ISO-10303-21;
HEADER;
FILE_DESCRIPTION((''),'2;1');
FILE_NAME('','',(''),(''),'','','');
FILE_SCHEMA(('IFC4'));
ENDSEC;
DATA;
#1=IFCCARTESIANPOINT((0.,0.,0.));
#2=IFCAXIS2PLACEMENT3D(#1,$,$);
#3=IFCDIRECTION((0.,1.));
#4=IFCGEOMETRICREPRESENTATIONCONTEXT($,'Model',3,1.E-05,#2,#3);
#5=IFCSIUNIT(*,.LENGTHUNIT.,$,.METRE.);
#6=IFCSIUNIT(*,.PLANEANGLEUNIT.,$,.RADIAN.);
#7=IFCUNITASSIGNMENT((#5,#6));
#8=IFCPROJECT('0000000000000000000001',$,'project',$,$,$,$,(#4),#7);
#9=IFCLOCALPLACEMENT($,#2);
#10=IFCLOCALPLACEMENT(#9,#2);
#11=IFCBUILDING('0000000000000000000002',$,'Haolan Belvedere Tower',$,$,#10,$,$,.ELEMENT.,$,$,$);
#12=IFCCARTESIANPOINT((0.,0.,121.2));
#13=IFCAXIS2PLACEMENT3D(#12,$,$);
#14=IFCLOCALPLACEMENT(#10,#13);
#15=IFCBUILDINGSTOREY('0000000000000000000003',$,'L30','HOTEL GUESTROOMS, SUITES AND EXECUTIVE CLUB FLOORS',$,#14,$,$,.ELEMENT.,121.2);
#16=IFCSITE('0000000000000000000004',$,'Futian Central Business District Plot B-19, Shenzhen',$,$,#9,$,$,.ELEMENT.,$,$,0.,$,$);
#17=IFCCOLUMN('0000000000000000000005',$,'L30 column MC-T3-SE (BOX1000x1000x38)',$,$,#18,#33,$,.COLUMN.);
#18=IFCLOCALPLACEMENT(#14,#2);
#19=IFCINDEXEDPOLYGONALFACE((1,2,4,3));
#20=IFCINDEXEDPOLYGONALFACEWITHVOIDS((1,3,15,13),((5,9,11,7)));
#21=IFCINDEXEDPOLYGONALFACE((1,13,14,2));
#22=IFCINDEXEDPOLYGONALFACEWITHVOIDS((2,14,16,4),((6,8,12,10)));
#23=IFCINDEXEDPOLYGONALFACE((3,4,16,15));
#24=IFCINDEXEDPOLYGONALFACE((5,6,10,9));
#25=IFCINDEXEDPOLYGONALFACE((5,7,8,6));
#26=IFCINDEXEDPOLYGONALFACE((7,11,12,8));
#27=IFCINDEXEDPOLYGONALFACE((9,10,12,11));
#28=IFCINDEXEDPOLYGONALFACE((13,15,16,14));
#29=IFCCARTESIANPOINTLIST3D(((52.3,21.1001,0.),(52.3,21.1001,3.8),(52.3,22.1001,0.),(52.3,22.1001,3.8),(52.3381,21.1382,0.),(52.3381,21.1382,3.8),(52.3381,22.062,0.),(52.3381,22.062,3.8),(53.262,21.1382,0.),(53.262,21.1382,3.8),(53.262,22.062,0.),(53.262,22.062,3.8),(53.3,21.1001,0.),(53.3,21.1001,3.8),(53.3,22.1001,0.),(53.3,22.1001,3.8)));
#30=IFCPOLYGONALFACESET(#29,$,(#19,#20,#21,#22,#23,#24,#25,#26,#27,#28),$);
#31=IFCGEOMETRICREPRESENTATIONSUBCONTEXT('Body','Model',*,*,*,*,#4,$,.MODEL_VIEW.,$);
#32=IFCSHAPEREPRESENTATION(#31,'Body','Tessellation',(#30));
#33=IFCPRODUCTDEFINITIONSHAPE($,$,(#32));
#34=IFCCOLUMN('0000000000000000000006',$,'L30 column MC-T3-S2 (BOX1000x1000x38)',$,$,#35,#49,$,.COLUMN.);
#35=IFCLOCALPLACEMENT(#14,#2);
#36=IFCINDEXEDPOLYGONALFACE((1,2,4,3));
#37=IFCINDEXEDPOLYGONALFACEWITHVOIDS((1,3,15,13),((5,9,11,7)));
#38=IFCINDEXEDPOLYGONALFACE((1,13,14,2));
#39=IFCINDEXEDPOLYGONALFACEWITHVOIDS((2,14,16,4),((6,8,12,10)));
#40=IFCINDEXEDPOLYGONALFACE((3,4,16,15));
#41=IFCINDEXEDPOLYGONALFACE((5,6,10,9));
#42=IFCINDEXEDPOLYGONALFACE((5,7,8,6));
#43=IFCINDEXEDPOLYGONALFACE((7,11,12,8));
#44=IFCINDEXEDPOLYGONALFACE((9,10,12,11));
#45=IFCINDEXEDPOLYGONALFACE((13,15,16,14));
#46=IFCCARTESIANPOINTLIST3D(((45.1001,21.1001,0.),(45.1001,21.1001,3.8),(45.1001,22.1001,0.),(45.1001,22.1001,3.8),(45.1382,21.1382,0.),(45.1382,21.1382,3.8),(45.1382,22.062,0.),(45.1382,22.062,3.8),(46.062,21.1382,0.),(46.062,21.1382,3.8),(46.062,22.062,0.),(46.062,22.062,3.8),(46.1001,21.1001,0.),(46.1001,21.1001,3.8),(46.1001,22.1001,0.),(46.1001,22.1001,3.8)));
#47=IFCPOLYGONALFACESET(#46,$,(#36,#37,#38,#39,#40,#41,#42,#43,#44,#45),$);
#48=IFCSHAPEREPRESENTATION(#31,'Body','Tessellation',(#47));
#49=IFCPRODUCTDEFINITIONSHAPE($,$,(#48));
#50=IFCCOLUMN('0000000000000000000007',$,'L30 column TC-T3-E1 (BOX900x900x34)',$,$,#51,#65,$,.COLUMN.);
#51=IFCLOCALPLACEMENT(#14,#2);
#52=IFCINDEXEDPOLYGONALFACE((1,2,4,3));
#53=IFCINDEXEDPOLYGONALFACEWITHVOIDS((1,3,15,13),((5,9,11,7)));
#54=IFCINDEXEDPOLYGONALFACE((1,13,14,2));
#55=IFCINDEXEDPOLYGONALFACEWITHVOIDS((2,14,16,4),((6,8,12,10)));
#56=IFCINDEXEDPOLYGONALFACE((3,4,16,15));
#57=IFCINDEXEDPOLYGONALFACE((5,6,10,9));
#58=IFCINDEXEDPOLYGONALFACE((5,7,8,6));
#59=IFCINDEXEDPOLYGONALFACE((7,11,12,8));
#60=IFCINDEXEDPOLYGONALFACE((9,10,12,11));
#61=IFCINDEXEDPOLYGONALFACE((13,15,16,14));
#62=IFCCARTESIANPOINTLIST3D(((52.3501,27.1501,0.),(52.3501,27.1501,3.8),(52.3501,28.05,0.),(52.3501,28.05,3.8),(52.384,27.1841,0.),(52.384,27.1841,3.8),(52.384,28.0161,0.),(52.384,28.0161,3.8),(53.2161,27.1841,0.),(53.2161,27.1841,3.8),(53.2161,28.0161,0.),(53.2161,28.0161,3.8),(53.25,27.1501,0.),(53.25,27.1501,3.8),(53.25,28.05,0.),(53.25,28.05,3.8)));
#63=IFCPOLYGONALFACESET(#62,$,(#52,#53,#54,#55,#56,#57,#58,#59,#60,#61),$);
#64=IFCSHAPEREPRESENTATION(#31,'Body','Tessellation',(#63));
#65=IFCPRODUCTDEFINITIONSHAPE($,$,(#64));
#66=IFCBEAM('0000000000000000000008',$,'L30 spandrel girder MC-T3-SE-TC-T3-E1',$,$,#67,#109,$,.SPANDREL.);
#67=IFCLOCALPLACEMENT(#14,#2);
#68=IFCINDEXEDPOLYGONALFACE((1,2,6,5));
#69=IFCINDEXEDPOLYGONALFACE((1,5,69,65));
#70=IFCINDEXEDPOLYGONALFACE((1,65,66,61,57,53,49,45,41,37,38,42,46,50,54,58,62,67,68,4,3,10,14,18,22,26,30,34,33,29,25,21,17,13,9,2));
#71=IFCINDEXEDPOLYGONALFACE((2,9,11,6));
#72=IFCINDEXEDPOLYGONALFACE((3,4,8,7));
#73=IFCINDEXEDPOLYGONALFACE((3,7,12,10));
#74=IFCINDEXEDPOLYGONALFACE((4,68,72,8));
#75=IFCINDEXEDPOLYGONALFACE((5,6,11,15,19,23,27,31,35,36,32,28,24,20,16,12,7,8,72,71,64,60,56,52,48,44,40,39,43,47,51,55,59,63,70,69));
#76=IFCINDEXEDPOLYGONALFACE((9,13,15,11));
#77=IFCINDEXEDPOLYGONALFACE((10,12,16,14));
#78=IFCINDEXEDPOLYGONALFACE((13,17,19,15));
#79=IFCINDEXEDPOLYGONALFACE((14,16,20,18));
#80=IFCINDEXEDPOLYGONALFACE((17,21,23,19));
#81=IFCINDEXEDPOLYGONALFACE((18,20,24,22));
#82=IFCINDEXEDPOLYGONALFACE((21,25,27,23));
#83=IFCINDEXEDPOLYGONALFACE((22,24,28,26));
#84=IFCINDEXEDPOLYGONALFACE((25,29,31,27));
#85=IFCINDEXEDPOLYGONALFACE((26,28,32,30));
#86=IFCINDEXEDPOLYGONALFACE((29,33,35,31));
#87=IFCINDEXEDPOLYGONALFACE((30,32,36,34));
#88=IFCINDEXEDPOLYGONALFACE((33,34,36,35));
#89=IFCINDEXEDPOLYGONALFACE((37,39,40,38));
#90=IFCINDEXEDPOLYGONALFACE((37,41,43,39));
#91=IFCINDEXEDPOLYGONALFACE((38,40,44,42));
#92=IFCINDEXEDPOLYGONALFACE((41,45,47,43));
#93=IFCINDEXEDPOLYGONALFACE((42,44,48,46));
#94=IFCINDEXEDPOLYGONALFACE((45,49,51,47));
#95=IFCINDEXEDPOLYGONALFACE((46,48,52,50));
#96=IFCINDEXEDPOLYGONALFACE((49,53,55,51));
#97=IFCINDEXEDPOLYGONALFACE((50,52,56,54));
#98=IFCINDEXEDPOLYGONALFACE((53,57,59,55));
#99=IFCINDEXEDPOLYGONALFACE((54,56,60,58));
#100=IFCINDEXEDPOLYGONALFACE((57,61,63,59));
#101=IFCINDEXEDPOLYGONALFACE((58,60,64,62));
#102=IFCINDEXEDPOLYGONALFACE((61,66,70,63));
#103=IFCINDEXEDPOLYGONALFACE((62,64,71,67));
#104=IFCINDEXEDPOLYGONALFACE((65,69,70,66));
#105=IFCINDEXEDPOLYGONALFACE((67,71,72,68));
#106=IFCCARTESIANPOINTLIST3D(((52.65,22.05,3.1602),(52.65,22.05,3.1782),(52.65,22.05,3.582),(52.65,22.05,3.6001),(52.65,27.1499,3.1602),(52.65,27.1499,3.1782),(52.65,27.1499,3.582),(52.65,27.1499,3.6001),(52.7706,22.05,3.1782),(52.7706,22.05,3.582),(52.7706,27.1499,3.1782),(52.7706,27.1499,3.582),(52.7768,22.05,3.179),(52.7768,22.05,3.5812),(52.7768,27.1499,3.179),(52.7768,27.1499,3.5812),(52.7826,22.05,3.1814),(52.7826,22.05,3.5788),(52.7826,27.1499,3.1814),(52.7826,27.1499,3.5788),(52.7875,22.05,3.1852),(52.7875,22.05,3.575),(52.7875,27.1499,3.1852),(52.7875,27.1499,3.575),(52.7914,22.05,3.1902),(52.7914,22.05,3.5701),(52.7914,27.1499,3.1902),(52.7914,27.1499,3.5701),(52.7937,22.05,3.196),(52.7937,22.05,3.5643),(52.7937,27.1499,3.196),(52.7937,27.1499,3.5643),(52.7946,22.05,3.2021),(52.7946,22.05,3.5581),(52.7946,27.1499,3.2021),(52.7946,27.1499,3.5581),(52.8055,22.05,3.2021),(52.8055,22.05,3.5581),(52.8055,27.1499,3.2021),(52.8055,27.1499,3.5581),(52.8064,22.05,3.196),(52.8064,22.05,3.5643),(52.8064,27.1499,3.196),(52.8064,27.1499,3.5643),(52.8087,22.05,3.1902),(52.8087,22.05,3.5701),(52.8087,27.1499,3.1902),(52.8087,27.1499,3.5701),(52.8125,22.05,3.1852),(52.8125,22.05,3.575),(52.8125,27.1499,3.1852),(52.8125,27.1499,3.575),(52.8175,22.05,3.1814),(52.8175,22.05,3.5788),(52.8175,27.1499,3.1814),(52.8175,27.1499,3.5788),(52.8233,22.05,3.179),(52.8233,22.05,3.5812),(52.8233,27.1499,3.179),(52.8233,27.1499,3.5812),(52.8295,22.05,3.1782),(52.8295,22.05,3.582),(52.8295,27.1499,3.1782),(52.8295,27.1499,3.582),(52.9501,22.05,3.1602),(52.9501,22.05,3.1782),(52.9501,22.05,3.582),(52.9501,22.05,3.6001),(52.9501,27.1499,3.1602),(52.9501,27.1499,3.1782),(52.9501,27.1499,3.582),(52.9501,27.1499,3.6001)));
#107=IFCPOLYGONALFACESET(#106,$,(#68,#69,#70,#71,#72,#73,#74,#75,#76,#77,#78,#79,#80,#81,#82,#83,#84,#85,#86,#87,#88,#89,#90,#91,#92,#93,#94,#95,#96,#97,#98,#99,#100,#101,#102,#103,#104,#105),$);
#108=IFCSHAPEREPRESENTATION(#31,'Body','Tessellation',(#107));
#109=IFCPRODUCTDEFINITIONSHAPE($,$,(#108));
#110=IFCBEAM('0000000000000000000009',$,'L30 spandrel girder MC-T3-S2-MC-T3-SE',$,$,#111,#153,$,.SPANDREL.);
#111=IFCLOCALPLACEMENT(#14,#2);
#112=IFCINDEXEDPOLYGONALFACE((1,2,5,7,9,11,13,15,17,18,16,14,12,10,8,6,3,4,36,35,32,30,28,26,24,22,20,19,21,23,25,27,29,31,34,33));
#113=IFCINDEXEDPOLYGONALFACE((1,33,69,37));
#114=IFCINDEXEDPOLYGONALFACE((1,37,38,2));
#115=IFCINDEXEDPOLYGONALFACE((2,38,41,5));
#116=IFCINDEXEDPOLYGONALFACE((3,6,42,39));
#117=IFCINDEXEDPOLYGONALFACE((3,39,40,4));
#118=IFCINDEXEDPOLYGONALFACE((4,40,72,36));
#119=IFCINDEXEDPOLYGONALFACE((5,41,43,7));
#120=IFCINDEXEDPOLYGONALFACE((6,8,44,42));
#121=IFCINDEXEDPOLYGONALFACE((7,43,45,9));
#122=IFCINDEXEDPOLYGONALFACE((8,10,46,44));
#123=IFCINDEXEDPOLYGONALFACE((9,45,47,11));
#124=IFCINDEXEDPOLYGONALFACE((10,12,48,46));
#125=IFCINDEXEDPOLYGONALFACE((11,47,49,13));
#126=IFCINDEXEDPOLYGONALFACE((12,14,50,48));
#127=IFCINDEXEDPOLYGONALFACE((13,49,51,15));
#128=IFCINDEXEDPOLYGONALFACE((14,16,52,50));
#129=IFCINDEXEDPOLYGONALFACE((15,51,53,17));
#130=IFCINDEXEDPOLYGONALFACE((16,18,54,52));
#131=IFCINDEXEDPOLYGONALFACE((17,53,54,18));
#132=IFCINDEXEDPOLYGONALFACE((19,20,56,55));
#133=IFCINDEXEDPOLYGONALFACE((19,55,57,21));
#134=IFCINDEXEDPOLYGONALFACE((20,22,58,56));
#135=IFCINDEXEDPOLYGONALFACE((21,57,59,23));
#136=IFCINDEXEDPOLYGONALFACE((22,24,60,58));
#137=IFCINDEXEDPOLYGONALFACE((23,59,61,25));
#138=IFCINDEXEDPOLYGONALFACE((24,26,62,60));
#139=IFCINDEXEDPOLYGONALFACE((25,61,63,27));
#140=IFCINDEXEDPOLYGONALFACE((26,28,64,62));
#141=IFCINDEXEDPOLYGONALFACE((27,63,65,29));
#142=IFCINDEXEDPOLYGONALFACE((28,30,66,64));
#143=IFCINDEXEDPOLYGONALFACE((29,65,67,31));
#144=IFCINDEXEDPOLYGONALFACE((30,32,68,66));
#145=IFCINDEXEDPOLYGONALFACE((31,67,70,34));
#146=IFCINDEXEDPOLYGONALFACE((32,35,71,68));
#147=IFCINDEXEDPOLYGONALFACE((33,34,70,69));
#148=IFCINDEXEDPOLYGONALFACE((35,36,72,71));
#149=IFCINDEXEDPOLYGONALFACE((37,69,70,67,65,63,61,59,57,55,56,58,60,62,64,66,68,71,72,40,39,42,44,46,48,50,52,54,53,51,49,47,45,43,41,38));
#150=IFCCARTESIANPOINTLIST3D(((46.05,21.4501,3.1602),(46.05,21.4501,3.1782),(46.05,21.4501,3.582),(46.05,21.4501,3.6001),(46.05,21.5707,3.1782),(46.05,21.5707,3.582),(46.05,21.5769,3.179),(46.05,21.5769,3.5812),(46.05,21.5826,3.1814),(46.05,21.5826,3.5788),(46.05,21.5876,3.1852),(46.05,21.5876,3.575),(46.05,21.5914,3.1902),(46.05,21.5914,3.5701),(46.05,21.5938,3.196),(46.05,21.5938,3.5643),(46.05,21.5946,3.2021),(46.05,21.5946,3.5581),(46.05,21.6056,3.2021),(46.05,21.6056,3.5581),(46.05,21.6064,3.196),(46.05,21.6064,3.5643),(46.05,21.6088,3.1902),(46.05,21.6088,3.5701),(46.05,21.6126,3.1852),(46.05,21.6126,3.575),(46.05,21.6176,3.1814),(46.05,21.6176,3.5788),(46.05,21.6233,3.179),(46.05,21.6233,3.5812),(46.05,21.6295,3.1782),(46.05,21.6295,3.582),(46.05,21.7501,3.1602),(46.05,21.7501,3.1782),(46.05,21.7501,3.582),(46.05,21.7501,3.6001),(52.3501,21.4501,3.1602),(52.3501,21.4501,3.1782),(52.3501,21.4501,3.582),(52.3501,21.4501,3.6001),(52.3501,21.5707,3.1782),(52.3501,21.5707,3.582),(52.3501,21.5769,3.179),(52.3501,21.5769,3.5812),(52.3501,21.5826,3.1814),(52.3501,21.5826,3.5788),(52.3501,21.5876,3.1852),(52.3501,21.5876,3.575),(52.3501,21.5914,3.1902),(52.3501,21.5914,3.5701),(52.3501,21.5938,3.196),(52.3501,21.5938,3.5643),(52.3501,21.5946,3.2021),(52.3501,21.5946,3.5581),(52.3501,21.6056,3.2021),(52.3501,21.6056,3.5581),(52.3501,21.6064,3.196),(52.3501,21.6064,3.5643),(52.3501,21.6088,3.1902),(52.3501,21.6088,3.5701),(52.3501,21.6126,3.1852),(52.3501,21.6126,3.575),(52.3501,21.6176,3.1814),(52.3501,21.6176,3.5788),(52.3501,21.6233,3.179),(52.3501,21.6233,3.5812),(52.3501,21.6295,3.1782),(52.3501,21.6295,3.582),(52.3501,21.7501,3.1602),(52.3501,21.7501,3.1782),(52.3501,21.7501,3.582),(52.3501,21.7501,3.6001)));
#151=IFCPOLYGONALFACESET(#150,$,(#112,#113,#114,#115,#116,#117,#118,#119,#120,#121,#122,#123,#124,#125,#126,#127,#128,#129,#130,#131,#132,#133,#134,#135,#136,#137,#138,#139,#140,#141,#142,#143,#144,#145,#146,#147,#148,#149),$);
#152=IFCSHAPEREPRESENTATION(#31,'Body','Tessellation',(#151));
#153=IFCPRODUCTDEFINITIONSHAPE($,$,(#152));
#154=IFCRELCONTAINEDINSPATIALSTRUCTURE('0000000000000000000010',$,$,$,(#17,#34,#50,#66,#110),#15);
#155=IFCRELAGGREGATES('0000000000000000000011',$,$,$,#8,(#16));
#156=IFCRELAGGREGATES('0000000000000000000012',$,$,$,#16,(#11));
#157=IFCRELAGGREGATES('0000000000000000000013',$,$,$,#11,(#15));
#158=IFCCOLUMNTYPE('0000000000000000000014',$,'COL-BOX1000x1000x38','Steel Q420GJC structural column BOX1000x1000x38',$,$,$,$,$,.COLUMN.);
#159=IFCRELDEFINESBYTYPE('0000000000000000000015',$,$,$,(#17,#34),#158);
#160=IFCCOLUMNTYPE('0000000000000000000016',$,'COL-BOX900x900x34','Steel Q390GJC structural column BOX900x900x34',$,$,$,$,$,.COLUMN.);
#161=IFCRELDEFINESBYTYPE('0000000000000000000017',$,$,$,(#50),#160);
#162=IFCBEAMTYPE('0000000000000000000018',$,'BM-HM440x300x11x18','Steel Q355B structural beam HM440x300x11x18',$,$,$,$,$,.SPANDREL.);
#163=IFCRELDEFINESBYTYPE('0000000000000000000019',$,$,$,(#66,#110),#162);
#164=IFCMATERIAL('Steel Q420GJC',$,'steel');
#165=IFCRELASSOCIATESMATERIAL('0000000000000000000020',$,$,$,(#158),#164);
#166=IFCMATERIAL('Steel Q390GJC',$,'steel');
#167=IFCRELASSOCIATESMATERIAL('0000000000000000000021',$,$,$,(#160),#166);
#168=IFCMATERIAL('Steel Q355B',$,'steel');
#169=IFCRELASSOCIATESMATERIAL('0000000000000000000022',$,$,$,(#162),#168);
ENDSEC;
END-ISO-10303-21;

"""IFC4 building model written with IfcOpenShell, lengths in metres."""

from ifc_helpers import new_model, si_unit, direction, frame, origin, origin_2d, place, context, subcontext, project, spatial, hollow_rectangle, i_section, extrude, material, material_profile, profile_set, type_object, element, save


model = new_model("IFC4")

# Units and contexts
model_context = context("Model", 3, precision=1e-05, world=origin(), true_north=direction((0.0, 1.0)))
body_context = subcontext(model_context, "Body", "Model", "MODEL_VIEW")
ifc_project = project(units=[si_unit("LENGTHUNIT", "METRE"), si_unit("PLANEANGLEUNIT", "RADIAN")], contexts=[model_context])

# Site, building, storey
site_placement = place(None, origin())
site = spatial("IfcSite", under=ifc_project, at=site_placement, Name="Futian Central Business District Plot B-19, Shenzhen", CompositionType="ELEMENT", RefElevation=0.0)
building_placement = place(site_placement, origin())
building = spatial("IfcBuilding", under=site, at=building_placement, Name="Haolan Belvedere Tower", CompositionType="ELEMENT")
storey_placement = place(building_placement, frame((0.0, 0.0, 121.2)))
storey = spatial("IfcBuildingStorey", under=building, at=storey_placement, Name="L30", Description="HOTEL GUESTROOMS, SUITES AND EXECUTIVE CLUB FLOORS", CompositionType="ELEMENT", Elevation=121.2)

# Columns
ifc_material_1 = material(Name="Steel Q420GJC", Category="steel")
ifc_material_profile_1 = material_profile(ifc_material_1, hollow_rectangle(XDim=1.0, YDim=1.0, WallThickness=0.0381, at=origin_2d()), Name="Steel Q420GJC")
ifc_profile_set_1 = profile_set([ifc_material_profile_1], Name="Steel Q420GJC")
column_type_1 = type_object("IfcColumnType", Name="COL-BOX1000x1000x38", Description="Steel Q420GJC structural column BOX1000x1000x38", PredefinedType="COLUMN", material=ifc_profile_set_1)
for number, where, z_axis, x_axis, name in (
    (1, (52.8, 21.6001, 0.0), (0.0, 0.0, 1.0), (1.0, 0.0, 0.0), "L30 column MC-T3-SE (BOX1000x1000x38)"),
    (2, (45.6001, 21.6001, 0.0), (0.0, 0.0, 1.0), (1.0, 0.0, 0.0), "L30 column MC-T3-S2 (BOX1000x1000x38)"),
):
    element("IfcColumn", number, at=place(storey_placement, frame(where, z_axis=z_axis, x_axis=x_axis)), inside=storey, type_object=column_type_1, Name=name, PredefinedType="COLUMN", context=body_context, shape_type="SweptSolid", body=[
        extrude(hollow_rectangle(XDim=1.0, YDim=1.0, WallThickness=0.0381, at=origin_2d()), origin(), (0.0, 0.0, 1.0), 3.8),
    ])
ifc_material_2 = material(Name="Steel Q390GJC", Category="steel")
ifc_material_profile_2 = material_profile(ifc_material_2, hollow_rectangle(XDim=0.8999, YDim=0.8999, WallThickness=0.0339, at=origin_2d()), Name="Steel Q390GJC")
ifc_profile_set_2 = profile_set([ifc_material_profile_2], Name="Steel Q390GJC")
column_type_2 = type_object("IfcColumnType", Name="COL-BOX900x900x34", Description="Steel Q390GJC structural column BOX900x900x34", PredefinedType="COLUMN", material=ifc_profile_set_2)
column_placement = place(storey_placement, frame((52.8, 27.6001, 0.0), z_axis=(0.0, 0.0, 1.0), x_axis=(1.0, 0.0, 0.0)))
element("IfcColumn", 3, at=column_placement, inside=storey, type_object=column_type_2, Name="L30 column TC-T3-E1 (BOX900x900x34)", PredefinedType="COLUMN", context=body_context, shape_type="SweptSolid", body=[
    extrude(hollow_rectangle(XDim=0.8999, YDim=0.8999, WallThickness=0.0339, at=origin_2d()), origin(), (0.0, 0.0, 1.0), 3.8),
])

# Beams
ifc_material_3 = material(Name="Steel Q355B", Category="steel")
ifc_material_profile_3 = material_profile(ifc_material_3, i_section(OverallWidth=0.3, OverallDepth=0.4399, WebThickness=0.011, FlangeThickness=0.0181, FilletRadius=0.0239, at=origin_2d()), Name="Steel Q355B")
ifc_profile_set_3 = profile_set([ifc_material_profile_3], Name="Steel Q355B")
beam_type_1 = type_object("IfcBeamType", Name="BM-HM440x300x11x18", Description="Steel Q355B structural beam HM440x300x11x18", PredefinedType="SPANDREL", material=ifc_profile_set_3)
beam_1_placement = place(storey_placement, frame((52.8, 22.05, 3.3801), z_axis=(0.0, 1.0, 0.0), x_axis=(-1.0, 0.0, 0.0)))
element("IfcBeam", 4, at=beam_1_placement, inside=storey, type_object=beam_type_1, Name="L30 spandrel girder MC-T3-SE-TC-T3-E1", PredefinedType="SPANDREL", context=body_context, shape_type="SweptSolid", body=[
    extrude(i_section(OverallWidth=0.3, OverallDepth=0.4399, WebThickness=0.011, FlangeThickness=0.0181, FilletRadius=0.0239, at=origin_2d()), origin(), (0.0, 0.0, 1.0), 5.0999),
])
beam_2_placement = place(storey_placement, frame((46.05, 21.6001, 3.3801), z_axis=(1.0, 0.0, 0.0), x_axis=(0.0, 1.0, 0.0)))
element("IfcBeam", 5, at=beam_2_placement, inside=storey, type_object=beam_type_1, Name="L30 spandrel girder MC-T3-S2-MC-T3-SE", PredefinedType="SPANDREL", context=body_context, shape_type="SweptSolid", body=[
    extrude(i_section(OverallWidth=0.3, OverallDepth=0.4399, WebThickness=0.011, FlangeThickness=0.0181, FilletRadius=0.0239, at=origin_2d()), origin(), (0.0, 0.0, 1.0), 6.3),
])

save(model, "model.ifc")
